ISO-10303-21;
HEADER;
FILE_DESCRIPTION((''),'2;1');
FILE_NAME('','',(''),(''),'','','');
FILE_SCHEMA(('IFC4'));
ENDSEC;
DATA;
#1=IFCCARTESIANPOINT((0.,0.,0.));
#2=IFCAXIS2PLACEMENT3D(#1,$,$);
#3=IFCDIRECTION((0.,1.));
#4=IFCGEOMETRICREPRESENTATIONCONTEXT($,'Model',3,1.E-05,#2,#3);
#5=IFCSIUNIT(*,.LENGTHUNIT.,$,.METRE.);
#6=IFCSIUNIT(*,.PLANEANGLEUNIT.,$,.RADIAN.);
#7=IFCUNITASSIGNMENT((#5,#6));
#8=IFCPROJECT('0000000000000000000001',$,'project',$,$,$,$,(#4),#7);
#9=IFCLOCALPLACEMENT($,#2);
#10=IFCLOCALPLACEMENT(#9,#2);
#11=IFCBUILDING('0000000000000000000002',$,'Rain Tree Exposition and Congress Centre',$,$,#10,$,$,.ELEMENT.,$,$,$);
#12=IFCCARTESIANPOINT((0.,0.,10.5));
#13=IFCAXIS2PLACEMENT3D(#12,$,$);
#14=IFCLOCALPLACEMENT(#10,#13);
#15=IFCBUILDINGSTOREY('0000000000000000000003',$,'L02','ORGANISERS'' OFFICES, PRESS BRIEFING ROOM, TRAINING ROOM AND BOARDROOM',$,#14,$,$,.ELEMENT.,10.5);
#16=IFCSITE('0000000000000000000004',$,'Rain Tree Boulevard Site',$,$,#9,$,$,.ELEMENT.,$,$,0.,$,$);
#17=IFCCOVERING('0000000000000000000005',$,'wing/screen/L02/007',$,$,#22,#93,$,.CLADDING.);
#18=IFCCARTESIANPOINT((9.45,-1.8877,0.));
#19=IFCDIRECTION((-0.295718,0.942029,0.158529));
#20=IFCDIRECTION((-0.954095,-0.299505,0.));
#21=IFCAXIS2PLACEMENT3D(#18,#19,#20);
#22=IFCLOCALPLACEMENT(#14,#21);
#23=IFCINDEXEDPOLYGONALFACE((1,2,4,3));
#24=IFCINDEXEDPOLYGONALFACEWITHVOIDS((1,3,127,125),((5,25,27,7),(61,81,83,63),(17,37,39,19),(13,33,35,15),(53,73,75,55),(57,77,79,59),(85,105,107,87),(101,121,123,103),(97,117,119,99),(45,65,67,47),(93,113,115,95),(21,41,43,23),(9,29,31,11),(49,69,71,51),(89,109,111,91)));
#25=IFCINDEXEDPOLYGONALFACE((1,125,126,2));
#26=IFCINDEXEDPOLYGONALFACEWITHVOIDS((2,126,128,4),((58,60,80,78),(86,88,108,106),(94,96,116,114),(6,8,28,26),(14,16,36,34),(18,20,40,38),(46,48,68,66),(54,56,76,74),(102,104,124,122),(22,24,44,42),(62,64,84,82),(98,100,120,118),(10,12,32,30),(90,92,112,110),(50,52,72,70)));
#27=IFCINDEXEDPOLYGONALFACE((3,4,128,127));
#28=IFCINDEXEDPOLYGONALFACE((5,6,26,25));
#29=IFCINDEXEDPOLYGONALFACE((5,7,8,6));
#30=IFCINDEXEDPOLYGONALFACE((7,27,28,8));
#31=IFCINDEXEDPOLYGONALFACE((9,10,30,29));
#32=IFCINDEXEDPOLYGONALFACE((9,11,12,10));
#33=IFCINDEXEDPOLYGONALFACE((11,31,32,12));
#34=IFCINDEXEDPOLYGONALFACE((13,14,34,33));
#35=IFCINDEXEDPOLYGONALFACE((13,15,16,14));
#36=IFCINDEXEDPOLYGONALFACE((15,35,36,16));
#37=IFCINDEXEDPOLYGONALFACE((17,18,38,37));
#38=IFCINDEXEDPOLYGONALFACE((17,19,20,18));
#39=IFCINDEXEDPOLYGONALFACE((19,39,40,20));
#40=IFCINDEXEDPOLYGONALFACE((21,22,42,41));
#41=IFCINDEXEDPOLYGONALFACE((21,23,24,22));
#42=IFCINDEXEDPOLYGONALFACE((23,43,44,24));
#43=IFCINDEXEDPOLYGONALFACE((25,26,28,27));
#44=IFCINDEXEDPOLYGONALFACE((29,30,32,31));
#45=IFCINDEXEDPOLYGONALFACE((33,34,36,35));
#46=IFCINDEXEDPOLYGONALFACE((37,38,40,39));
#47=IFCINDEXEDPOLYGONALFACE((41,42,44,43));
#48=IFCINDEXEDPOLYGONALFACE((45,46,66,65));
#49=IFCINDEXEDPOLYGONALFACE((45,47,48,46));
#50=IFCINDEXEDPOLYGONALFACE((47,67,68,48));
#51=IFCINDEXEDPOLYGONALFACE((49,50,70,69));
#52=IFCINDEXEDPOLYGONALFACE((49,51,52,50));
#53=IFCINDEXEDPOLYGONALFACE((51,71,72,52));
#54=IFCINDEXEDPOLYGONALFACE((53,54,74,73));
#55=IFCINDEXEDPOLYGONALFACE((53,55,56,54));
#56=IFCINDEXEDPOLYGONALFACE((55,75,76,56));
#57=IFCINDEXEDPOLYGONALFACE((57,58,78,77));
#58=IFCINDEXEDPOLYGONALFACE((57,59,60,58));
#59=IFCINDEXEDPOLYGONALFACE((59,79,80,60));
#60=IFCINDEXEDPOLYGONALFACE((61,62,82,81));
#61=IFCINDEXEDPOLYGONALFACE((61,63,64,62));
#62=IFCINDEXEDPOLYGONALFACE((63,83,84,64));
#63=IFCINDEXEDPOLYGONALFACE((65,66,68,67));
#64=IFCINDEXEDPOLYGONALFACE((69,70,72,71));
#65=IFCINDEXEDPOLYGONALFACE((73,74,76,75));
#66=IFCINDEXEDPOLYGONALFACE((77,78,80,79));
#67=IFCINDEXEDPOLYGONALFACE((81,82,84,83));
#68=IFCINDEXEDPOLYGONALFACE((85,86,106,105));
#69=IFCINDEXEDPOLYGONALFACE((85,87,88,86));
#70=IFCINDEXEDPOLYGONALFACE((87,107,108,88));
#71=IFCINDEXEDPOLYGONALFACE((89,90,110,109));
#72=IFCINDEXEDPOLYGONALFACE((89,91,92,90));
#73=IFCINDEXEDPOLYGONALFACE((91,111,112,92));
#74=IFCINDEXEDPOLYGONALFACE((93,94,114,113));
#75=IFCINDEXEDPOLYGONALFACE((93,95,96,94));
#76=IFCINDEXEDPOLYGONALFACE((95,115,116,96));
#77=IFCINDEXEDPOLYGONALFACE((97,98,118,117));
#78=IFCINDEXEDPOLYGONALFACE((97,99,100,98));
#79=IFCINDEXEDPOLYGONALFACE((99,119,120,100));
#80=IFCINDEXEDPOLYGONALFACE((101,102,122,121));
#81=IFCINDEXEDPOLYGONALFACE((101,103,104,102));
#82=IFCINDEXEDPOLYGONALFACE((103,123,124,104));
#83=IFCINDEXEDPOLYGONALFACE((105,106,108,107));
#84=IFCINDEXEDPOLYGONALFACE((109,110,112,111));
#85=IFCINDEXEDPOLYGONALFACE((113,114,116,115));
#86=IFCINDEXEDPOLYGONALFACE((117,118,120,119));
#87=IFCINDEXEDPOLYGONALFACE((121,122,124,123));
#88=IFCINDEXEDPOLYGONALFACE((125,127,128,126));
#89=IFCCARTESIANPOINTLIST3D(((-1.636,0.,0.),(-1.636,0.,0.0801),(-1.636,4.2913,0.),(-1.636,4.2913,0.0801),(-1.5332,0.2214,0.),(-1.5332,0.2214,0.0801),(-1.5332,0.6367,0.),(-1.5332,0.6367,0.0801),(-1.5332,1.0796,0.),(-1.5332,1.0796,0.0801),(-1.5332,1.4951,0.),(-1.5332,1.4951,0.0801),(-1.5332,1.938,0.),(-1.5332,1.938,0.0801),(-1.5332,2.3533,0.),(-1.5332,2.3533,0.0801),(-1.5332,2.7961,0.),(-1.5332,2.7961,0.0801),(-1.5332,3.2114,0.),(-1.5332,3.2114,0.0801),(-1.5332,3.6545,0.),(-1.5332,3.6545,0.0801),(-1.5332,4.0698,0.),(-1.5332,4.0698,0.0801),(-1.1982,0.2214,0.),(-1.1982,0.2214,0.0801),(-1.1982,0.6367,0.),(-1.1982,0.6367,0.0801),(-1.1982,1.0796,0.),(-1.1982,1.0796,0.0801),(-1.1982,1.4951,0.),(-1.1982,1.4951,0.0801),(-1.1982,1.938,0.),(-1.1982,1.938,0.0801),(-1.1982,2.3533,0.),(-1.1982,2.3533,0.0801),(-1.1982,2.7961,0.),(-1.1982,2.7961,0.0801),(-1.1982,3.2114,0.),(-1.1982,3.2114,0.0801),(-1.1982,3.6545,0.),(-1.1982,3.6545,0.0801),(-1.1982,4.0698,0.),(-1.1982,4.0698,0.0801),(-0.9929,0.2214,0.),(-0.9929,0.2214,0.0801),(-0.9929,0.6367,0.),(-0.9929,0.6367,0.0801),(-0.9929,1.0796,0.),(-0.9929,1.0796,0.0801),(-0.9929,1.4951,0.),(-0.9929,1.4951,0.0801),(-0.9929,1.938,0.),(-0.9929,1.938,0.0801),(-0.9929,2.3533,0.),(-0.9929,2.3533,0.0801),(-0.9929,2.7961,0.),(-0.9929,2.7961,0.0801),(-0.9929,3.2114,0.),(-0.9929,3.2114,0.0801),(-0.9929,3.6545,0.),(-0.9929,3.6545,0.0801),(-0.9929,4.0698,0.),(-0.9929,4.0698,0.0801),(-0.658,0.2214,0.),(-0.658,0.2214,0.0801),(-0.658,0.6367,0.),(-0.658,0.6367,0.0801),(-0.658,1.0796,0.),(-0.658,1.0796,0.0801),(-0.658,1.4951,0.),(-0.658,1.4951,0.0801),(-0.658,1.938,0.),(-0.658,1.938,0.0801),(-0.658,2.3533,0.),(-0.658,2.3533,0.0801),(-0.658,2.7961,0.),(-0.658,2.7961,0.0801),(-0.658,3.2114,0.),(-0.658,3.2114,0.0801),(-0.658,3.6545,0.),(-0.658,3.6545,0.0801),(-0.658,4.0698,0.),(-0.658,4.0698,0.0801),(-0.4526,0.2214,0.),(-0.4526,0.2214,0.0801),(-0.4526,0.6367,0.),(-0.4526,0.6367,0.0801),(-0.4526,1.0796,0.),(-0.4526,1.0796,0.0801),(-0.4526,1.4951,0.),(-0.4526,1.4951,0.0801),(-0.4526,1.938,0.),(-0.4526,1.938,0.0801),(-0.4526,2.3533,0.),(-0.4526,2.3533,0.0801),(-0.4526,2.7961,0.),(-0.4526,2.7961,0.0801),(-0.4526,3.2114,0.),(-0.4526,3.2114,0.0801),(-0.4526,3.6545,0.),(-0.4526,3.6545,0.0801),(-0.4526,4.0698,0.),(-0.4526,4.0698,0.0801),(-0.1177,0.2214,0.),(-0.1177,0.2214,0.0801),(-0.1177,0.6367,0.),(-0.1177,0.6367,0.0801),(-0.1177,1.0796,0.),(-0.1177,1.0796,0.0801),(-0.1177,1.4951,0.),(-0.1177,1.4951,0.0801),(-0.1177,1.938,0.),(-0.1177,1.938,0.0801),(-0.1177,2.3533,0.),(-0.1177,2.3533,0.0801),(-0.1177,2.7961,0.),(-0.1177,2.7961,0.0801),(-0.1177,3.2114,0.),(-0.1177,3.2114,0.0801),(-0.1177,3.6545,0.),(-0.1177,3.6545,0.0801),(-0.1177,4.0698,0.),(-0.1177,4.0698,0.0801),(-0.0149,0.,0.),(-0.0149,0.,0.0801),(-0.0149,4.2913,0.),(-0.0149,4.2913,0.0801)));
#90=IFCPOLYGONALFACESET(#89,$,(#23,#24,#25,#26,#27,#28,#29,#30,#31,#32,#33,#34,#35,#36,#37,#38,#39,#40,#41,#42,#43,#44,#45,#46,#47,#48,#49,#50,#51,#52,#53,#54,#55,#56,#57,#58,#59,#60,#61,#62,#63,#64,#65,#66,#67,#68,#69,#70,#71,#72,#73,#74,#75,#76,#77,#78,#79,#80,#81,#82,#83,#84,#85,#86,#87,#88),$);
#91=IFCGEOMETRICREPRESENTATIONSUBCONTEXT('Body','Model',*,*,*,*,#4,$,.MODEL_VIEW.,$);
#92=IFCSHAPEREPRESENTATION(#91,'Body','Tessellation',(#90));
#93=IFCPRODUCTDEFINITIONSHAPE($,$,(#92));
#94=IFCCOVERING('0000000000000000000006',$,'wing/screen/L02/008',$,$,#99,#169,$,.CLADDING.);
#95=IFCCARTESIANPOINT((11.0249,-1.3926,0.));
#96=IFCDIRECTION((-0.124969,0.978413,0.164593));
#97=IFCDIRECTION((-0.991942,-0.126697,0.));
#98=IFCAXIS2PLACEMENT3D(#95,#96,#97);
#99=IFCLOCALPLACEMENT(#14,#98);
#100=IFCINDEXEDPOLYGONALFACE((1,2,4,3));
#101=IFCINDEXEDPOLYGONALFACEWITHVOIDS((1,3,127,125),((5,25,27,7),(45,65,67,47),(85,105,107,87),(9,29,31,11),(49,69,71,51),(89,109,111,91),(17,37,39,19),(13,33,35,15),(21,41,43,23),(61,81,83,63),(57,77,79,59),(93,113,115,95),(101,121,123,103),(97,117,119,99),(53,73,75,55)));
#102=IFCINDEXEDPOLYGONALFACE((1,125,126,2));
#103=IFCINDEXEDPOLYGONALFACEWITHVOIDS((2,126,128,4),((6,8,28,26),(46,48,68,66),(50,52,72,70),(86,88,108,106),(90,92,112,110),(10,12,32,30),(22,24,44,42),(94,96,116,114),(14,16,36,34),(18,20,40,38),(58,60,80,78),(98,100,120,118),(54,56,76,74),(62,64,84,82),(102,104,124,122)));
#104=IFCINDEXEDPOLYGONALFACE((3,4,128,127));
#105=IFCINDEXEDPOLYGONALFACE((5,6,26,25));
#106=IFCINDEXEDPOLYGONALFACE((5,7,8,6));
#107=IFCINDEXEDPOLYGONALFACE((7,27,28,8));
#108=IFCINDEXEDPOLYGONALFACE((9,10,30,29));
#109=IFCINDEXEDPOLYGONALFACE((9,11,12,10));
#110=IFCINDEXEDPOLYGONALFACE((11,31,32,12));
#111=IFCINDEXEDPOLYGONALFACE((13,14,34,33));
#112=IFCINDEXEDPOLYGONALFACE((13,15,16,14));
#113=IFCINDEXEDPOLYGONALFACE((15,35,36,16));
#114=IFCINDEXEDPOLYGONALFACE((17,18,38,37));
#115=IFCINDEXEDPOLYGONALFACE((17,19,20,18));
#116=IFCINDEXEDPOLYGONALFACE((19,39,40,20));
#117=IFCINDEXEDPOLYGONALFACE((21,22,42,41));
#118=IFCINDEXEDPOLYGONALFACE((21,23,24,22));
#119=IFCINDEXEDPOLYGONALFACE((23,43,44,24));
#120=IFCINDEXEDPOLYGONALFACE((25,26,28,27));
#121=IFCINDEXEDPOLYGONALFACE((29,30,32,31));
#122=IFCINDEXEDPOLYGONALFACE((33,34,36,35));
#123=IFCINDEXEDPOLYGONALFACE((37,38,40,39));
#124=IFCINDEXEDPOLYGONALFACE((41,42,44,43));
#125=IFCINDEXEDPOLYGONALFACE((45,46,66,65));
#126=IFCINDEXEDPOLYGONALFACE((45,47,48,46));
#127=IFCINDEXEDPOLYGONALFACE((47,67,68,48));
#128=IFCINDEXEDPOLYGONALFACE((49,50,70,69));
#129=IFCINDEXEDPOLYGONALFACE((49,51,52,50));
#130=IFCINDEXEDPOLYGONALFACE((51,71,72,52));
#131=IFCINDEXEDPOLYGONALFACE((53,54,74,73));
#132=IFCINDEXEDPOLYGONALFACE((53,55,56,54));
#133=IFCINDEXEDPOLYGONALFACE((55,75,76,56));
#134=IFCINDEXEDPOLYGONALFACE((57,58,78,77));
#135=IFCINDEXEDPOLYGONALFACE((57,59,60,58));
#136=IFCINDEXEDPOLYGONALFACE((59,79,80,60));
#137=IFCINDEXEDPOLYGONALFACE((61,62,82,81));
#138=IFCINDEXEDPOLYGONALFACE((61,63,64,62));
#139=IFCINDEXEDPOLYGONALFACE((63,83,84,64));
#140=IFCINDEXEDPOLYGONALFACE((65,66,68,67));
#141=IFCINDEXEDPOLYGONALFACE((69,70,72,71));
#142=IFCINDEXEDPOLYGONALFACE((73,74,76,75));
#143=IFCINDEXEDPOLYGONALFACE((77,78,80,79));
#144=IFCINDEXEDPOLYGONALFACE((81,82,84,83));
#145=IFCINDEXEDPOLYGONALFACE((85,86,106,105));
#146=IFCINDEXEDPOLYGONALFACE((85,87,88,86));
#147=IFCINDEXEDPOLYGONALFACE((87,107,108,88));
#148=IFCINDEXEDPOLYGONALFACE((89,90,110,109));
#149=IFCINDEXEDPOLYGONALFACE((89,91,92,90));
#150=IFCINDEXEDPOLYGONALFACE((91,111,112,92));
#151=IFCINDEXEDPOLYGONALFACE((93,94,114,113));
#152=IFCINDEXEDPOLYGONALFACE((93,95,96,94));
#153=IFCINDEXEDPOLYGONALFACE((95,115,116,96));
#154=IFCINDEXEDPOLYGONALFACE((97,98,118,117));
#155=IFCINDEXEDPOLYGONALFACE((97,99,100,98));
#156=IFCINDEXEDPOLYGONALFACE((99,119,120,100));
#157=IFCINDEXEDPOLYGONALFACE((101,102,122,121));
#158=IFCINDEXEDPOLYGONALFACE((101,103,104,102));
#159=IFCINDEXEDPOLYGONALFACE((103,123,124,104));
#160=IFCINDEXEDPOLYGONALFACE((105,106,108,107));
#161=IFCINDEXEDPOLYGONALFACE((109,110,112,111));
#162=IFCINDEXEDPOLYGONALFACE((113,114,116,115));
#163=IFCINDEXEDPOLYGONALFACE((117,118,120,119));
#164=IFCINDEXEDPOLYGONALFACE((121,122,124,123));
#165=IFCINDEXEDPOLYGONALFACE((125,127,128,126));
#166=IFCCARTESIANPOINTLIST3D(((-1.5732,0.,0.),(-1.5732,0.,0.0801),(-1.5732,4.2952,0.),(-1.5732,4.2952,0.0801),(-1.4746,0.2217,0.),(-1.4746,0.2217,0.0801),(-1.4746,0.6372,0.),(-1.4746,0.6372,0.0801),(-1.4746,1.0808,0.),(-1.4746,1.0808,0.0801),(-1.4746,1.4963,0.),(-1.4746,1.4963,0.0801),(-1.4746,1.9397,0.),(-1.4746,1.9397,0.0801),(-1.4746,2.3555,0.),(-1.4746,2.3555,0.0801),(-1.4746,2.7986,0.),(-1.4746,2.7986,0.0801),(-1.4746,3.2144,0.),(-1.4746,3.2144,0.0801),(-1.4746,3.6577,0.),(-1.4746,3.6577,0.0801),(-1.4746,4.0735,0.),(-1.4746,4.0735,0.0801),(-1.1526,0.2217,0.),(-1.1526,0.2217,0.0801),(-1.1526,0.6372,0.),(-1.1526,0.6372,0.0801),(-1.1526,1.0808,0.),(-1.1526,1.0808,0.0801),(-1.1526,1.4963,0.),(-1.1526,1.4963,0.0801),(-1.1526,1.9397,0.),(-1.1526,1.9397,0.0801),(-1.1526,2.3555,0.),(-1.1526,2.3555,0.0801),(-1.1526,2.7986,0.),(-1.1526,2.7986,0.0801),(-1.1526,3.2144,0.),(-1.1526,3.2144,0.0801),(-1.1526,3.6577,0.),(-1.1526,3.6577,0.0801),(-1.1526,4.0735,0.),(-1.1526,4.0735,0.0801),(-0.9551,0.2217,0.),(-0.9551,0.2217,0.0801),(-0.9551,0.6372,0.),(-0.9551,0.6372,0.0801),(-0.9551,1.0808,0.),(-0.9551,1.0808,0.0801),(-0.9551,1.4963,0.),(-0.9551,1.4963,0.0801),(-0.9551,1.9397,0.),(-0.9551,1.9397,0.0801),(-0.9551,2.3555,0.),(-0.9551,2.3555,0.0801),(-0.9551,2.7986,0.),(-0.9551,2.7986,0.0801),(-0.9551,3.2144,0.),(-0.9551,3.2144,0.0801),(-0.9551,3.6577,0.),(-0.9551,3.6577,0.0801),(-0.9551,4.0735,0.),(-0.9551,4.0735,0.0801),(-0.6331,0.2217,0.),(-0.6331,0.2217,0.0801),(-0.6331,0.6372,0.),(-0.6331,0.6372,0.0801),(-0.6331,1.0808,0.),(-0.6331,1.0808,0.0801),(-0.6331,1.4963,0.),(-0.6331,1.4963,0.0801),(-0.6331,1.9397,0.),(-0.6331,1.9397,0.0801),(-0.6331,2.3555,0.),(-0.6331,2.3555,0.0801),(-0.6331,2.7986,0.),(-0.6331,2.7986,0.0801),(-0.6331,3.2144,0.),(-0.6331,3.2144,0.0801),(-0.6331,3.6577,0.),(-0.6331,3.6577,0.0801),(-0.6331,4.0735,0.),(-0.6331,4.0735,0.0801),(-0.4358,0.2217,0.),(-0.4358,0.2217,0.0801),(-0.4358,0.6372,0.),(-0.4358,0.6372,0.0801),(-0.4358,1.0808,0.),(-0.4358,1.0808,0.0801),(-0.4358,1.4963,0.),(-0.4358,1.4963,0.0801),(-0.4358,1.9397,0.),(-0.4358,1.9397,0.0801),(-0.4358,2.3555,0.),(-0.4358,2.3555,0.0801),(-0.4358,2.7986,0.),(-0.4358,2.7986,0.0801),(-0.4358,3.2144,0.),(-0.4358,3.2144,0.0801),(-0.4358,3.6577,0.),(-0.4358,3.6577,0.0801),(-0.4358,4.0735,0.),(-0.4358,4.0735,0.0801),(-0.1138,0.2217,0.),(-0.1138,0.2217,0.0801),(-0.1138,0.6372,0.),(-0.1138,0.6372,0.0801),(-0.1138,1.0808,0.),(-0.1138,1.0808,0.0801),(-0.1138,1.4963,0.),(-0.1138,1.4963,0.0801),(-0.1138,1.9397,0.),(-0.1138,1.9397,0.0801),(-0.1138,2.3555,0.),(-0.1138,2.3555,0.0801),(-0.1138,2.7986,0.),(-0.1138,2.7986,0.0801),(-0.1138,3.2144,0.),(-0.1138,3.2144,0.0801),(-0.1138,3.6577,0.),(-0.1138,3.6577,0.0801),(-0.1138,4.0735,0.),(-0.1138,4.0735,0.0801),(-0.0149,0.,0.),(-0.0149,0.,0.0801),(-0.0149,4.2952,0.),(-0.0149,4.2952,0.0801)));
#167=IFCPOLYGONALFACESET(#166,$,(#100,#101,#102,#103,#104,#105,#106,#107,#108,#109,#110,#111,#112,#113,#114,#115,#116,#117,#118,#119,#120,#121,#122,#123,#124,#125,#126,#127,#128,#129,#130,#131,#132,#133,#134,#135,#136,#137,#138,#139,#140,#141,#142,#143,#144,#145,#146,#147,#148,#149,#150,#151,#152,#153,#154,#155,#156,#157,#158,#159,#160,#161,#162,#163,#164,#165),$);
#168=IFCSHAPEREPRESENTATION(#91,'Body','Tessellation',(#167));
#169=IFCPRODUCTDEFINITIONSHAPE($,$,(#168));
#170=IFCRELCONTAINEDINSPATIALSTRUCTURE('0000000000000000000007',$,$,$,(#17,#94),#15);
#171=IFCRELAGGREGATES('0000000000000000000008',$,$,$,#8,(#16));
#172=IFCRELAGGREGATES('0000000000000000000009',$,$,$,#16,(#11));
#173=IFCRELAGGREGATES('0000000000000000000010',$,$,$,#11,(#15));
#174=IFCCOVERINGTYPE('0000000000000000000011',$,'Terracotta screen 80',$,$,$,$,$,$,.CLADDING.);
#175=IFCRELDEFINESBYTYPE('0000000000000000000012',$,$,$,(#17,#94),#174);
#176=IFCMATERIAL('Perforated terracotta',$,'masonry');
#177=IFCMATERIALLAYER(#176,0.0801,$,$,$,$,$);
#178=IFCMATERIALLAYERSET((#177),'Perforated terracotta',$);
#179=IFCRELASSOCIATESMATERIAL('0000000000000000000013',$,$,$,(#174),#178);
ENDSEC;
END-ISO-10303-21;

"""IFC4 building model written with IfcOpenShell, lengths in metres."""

from ifc_helpers import new_model, si_unit, direction, frame, origin, place, context, subcontext, project, spatial, polyline, outline, extrude, material, layer, layer_set, type_object, element, save


model = new_model("IFC4")

# Units and contexts
model_context = context("Model", 3, precision=1e-05, world=origin(), true_north=direction((0.0, 1.0)))
body_context = subcontext(model_context, "Body", "Model", "MODEL_VIEW")
ifc_project = project(units=[si_unit("LENGTHUNIT", "METRE"), si_unit("PLANEANGLEUNIT", "RADIAN")], contexts=[model_context])

# Site, building, storey
site_placement = place(None, origin())
site = spatial("IfcSite", under=ifc_project, at=site_placement, Name="Rain Tree Boulevard Site", CompositionType="ELEMENT", RefElevation=0.0)
building_placement = place(site_placement, origin())
building = spatial("IfcBuilding", under=site, at=building_placement, Name="Rain Tree Exposition and Congress Centre", CompositionType="ELEMENT")
storey_placement = place(building_placement, frame((0.0, 0.0, 10.5)))
storey = spatial("IfcBuildingStorey", under=building, at=storey_placement, Name="L02", Description="ORGANISERS' OFFICES, PRESS BRIEFING ROOM, TRAINING ROOM AND BOARDROOM", CompositionType="ELEMENT", Elevation=10.5)

# Coverings
ifc_material_1 = material(Name="Perforated terracotta", Category="masonry")
ifc_layer_1 = layer(ifc_material_1, 0.0801)
ifc_layer_set_1 = layer_set([ifc_layer_1], Name="Perforated terracotta")
covering_type = type_object("IfcCoveringType", Name="Terracotta screen 80", PredefinedType="CLADDING", material=ifc_layer_set_1)
covering_1_placement = place(storey_placement, frame((9.45, -1.8877, 0.0), z_axis=(-0.295718, 0.942029, 0.158529), x_axis=(-0.954095, -0.299505, 0.0)))
element("IfcCovering", 1, at=covering_1_placement, inside=storey, type_object=covering_type, Name="wing/screen/L02/007", PredefinedType="CLADDING", context=body_context, shape_type="SweptSolid", body=[
    extrude(outline(polyline([(-1.636, 0.0), (-1.636, 4.2913), (-0.0149, 4.2913), (-0.0149, 0.0), (-1.636, 0.0)]), holes=[polyline([(-0.1177, 0.2214), (-0.1177, 0.6367), (-0.4526, 0.6367), (-0.4526, 0.2214), (-0.1177, 0.2214)]), polyline([(-0.1177, 1.0796), (-0.1177, 1.4951), (-0.4526, 1.4951), (-0.4526, 1.0796), (-0.1177, 1.0796)]), polyline([(-0.1177, 1.938), (-0.1177, 2.3533), (-0.4526, 2.3533), (-0.4526, 1.938), (-0.1177, 1.938)]), polyline([(-0.1177, 2.7961), (-0.1177, 3.2114), (-0.4526, 3.2114), (-0.4526, 2.7961), (-0.1177, 2.7961)]), polyline([(-0.1177, 3.6545), (-0.1177, 4.0698), (-0.4526, 4.0698), (-0.4526, 3.6545), (-0.1177, 3.6545)]), polyline([(-0.658, 0.2214), (-0.658, 0.6367), (-0.9929, 0.6367), (-0.9929, 0.2214), (-0.658, 0.2214)]), polyline([(-0.658, 1.0796), (-0.658, 1.4951), (-0.9929, 1.4951), (-0.9929, 1.0796), (-0.658, 1.0796)]), polyline([(-0.658, 1.938), (-0.658, 2.3533), (-0.9929, 2.3533), (-0.9929, 1.938), (-0.658, 1.938)]), polyline([(-0.658, 2.7961), (-0.658, 3.2114), (-0.9929, 3.2114), (-0.9929, 2.7961), (-0.658, 2.7961)]), polyline([(-0.658, 3.6545), (-0.658, 4.0698), (-0.9929, 4.0698), (-0.9929, 3.6545), (-0.658, 3.6545)]), polyline([(-1.1982, 0.2214), (-1.1982, 0.6367), (-1.5332, 0.6367), (-1.5332, 0.2214), (-1.1982, 0.2214)]), polyline([(-1.1982, 1.0796), (-1.1982, 1.4951), (-1.5332, 1.4951), (-1.5332, 1.0796), (-1.1982, 1.0796)]), polyline([(-1.1982, 1.938), (-1.1982, 2.3533), (-1.5332, 2.3533), (-1.5332, 1.938), (-1.1982, 1.938)]), polyline([(-1.1982, 2.7961), (-1.1982, 3.2114), (-1.5332, 3.2114), (-1.5332, 2.7961), (-1.1982, 2.7961)]), polyline([(-1.1982, 3.6545), (-1.1982, 4.0698), (-1.5332, 4.0698), (-1.5332, 3.6545), (-1.1982, 3.6545)])]), origin(), (0.0, 0.0, 1.0), 0.0801),
])
covering_2_placement = place(storey_placement, frame((11.0249, -1.3926, 0.0), z_axis=(-0.124969, 0.978413, 0.164593), x_axis=(-0.991942, -0.126697, 0.0)))
element("IfcCovering", 2, at=covering_2_placement, inside=storey, type_object=covering_type, Name="wing/screen/L02/008", PredefinedType="CLADDING", context=body_context, shape_type="SweptSolid", body=[
    extrude(outline(polyline([(-1.5732, 0.0), (-1.5732, 4.2952), (-0.0149, 4.2952), (-0.0149, 0.0), (-1.5732, 0.0)]), holes=[polyline([(-0.1138, 0.2217), (-0.1138, 0.6372), (-0.4358, 0.6372), (-0.4358, 0.2217), (-0.1138, 0.2217)]), polyline([(-0.1138, 1.0808), (-0.1138, 1.4963), (-0.4358, 1.4963), (-0.4358, 1.0808), (-0.1138, 1.0808)]), polyline([(-0.1138, 1.9397), (-0.1138, 2.3555), (-0.4358, 2.3555), (-0.4358, 1.9397), (-0.1138, 1.9397)]), polyline([(-0.1138, 2.7986), (-0.1138, 3.2144), (-0.4358, 3.2144), (-0.4358, 2.7986), (-0.1138, 2.7986)]), polyline([(-0.1138, 3.6577), (-0.1138, 4.0735), (-0.4358, 4.0735), (-0.4358, 3.6577), (-0.1138, 3.6577)]), polyline([(-0.6331, 0.2217), (-0.6331, 0.6372), (-0.9551, 0.6372), (-0.9551, 0.2217), (-0.6331, 0.2217)]), polyline([(-0.6331, 1.0808), (-0.6331, 1.4963), (-0.9551, 1.4963), (-0.9551, 1.0808), (-0.6331, 1.0808)]), polyline([(-0.6331, 1.9397), (-0.6331, 2.3555), (-0.9551, 2.3555), (-0.9551, 1.9397), (-0.6331, 1.9397)]), polyline([(-0.6331, 2.7986), (-0.6331, 3.2144), (-0.9551, 3.2144), (-0.9551, 2.7986), (-0.6331, 2.7986)]), polyline([(-0.6331, 3.6577), (-0.6331, 4.0735), (-0.9551, 4.0735), (-0.9551, 3.6577), (-0.6331, 3.6577)]), polyline([(-1.1526, 0.2217), (-1.1526, 0.6372), (-1.4746, 0.6372), (-1.4746, 0.2217), (-1.1526, 0.2217)]), polyline([(-1.1526, 1.0808), (-1.1526, 1.4963), (-1.4746, 1.4963), (-1.4746, 1.0808), (-1.1526, 1.0808)]), polyline([(-1.1526, 1.9397), (-1.1526, 2.3555), (-1.4746, 2.3555), (-1.4746, 1.9397), (-1.1526, 1.9397)]), polyline([(-1.1526, 2.7986), (-1.1526, 3.2144), (-1.4746, 3.2144), (-1.4746, 2.7986), (-1.1526, 2.7986)]), polyline([(-1.1526, 3.6577), (-1.1526, 4.0735), (-1.4746, 4.0735), (-1.4746, 3.6577), (-1.1526, 3.6577)])]), origin(), (0.0, 0.0, 1.0), 0.0801),
])

save(model, "model.ifc")
